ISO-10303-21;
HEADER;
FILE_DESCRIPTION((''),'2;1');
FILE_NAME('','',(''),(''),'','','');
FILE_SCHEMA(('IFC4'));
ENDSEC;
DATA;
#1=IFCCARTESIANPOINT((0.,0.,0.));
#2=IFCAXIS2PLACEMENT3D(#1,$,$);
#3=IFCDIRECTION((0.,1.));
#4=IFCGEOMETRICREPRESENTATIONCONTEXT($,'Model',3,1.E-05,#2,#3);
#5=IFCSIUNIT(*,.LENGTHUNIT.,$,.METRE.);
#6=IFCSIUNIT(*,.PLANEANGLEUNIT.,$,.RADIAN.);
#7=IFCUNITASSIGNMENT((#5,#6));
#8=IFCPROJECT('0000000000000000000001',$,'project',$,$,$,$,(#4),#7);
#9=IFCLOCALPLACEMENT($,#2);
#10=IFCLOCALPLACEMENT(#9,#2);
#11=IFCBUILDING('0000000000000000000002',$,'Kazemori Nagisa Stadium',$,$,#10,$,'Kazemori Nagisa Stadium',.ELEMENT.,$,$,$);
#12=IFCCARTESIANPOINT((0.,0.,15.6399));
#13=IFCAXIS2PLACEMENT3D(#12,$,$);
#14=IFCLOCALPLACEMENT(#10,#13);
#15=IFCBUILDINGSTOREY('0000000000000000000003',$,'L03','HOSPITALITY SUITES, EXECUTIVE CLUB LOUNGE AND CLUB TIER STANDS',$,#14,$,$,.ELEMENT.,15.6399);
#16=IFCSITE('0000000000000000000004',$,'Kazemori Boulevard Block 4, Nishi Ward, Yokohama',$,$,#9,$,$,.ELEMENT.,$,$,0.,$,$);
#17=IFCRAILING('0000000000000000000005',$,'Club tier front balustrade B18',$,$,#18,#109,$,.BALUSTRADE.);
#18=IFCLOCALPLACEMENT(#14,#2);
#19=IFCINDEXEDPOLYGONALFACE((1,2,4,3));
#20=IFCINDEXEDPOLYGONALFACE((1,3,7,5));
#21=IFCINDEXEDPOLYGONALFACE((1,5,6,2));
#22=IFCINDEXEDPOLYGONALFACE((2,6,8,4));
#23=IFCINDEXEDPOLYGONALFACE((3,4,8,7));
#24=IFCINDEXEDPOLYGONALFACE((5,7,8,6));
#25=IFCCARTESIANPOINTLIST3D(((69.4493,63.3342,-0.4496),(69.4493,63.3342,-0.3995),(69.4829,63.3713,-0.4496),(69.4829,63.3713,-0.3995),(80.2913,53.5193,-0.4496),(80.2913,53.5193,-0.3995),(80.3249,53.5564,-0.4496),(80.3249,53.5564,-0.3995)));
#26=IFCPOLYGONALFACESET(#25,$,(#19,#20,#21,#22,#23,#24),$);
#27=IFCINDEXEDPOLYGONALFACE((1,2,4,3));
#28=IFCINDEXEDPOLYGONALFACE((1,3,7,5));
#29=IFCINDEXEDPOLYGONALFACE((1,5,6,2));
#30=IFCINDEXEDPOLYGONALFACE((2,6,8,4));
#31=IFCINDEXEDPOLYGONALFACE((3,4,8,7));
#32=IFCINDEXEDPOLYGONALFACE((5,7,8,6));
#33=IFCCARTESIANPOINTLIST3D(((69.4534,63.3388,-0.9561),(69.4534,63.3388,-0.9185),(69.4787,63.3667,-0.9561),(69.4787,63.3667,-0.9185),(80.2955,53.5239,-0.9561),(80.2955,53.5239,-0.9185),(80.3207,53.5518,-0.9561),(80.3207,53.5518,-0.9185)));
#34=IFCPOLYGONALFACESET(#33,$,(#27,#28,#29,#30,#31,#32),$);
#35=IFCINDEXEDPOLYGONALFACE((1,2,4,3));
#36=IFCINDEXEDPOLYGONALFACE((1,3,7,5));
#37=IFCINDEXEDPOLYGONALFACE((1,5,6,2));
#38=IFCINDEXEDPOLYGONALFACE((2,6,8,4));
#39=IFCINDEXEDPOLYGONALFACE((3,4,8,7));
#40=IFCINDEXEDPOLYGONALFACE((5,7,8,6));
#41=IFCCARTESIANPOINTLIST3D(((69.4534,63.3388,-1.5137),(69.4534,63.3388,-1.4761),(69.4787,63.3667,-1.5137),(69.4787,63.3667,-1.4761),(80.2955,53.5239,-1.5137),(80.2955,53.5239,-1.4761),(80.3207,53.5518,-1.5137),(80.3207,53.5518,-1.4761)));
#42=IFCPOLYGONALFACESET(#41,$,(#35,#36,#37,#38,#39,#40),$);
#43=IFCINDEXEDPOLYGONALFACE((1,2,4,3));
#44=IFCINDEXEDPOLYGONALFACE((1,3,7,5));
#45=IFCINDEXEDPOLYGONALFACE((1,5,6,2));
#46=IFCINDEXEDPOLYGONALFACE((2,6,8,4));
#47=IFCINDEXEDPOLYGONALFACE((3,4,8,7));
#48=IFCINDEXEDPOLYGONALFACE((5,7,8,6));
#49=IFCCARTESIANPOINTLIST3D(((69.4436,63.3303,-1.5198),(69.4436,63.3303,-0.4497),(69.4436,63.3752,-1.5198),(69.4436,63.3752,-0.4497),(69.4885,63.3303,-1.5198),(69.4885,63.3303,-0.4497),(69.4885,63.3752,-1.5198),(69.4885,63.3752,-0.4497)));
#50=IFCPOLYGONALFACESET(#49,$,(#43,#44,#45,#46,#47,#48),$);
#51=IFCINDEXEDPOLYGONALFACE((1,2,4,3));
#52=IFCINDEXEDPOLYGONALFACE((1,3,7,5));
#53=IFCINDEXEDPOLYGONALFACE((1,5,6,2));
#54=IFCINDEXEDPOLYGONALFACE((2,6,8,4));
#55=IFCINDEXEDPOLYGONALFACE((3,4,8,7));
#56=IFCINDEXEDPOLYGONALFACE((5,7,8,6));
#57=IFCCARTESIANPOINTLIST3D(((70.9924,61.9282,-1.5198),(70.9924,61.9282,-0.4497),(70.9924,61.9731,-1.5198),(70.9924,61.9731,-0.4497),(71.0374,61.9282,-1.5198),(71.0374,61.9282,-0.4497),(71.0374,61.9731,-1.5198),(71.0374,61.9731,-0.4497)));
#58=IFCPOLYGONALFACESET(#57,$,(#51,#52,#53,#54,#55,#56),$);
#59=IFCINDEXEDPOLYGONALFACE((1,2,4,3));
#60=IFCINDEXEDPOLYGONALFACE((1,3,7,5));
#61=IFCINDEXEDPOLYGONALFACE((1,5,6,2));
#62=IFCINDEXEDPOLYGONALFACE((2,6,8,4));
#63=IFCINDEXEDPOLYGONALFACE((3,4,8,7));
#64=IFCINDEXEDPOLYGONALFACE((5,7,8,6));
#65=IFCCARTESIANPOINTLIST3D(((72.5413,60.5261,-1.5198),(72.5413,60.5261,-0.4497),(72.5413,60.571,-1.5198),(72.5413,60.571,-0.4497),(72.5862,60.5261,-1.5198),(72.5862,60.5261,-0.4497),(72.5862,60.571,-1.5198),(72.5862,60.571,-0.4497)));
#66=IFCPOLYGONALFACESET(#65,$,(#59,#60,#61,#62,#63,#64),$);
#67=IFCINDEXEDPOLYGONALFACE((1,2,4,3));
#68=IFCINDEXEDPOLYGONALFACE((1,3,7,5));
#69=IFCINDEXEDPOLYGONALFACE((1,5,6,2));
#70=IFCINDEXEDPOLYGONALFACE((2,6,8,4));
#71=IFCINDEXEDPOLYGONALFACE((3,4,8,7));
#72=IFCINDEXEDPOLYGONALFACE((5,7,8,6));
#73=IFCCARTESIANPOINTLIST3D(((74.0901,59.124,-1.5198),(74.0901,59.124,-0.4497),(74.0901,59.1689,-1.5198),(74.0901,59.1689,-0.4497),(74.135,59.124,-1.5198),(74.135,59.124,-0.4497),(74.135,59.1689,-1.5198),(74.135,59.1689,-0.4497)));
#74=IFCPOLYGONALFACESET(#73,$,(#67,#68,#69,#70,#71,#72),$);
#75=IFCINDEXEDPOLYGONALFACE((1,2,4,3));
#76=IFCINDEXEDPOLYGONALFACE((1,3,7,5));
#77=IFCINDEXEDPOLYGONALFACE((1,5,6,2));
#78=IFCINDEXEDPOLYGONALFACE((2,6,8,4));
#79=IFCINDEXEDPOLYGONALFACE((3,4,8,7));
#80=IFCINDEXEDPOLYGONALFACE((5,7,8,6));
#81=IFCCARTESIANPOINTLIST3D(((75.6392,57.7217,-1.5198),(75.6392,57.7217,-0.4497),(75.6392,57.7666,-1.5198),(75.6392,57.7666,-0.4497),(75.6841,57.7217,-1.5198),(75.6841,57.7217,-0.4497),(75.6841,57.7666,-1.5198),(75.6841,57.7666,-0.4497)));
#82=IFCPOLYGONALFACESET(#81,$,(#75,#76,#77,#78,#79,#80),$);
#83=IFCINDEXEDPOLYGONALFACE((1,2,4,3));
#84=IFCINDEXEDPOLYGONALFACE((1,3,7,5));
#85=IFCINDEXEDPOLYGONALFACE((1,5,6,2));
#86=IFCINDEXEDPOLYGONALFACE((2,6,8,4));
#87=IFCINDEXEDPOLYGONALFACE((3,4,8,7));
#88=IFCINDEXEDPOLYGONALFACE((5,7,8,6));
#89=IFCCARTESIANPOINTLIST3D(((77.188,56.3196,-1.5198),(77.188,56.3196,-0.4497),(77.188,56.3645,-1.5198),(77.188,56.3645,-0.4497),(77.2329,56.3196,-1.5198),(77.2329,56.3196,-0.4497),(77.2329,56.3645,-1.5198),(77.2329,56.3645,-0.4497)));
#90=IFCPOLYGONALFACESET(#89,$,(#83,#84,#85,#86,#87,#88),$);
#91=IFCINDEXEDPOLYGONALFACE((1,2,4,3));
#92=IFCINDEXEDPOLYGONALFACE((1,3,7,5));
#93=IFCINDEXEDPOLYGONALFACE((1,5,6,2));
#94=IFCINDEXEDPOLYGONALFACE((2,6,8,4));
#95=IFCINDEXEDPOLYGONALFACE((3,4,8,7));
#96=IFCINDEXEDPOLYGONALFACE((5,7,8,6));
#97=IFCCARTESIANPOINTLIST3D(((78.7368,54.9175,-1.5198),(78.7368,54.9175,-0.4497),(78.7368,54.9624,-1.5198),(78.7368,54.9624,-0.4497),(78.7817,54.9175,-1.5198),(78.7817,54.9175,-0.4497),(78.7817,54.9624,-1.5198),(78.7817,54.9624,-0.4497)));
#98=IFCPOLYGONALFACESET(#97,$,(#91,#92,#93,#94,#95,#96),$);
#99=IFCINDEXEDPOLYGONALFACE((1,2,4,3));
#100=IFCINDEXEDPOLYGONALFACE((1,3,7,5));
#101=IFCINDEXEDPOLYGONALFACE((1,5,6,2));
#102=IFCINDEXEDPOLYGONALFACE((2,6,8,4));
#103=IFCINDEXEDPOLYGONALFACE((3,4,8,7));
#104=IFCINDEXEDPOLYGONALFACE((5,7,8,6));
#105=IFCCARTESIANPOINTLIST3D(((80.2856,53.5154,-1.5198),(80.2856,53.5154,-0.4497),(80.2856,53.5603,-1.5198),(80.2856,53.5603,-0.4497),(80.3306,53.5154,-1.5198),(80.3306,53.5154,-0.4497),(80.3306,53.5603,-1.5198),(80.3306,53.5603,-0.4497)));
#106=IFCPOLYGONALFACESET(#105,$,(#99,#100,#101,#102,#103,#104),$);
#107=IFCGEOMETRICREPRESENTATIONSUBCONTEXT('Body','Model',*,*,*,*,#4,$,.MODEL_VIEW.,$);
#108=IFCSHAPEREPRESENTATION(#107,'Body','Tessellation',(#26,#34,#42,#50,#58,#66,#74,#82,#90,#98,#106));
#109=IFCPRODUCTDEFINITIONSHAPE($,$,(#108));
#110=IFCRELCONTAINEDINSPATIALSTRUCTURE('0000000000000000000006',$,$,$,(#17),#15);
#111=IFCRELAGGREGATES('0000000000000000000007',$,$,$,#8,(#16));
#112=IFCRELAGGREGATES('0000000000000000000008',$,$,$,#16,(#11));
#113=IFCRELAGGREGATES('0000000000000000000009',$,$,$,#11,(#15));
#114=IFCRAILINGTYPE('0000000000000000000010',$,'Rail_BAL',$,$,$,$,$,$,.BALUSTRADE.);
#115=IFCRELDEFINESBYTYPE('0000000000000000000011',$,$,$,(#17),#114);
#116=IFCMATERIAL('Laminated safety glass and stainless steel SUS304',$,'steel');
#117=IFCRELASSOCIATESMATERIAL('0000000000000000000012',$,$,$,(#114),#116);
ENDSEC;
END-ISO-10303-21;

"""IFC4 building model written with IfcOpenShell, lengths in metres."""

from ifc_helpers import new_model, si_unit, direction, frame, origin, origin_2d, place, context, subcontext, project, spatial, rectangle, extrude, material, type_object, element, save


model = new_model("IFC4")

# Units and contexts
model_context = context("Model", 3, precision=1e-05, world=origin(), true_north=direction((0.0, 1.0)))
body_context = subcontext(model_context, "Body", "Model", "MODEL_VIEW")
ifc_project = project(units=[si_unit("LENGTHUNIT", "METRE"), si_unit("PLANEANGLEUNIT", "RADIAN")], contexts=[model_context])

# Site, building, storey
site_placement = place(None, origin())
site = spatial("IfcSite", under=ifc_project, at=site_placement, Name="Kazemori Boulevard Block 4, Nishi Ward, Yokohama", CompositionType="ELEMENT", RefElevation=0.0)
building_placement = place(site_placement, origin())
building = spatial("IfcBuilding", under=site, at=building_placement, Name="Kazemori Nagisa Stadium", LongName="Kazemori Nagisa Stadium", CompositionType="ELEMENT")
storey_placement = place(building_placement, frame((0.0, 0.0, 15.6399)))
storey = spatial("IfcBuildingStorey", under=building, at=storey_placement, Name="L03", Description="HOSPITALITY SUITES, EXECUTIVE CLUB LOUNGE AND CLUB TIER STANDS", CompositionType="ELEMENT", Elevation=15.6399)

# Railing
ifc_material_1 = material(Name="Laminated safety glass and stainless steel SUS304", Category="steel")
railing_type = type_object("IfcRailingType", Name="Rail_BAL", PredefinedType="BALUSTRADE", material=ifc_material_1)
railing_placement = place(storey_placement, frame((69.4661, 63.3528, -1.5198)))
element("IfcRailing", 1, at=railing_placement, inside=storey, type_object=railing_type, Name="Club tier front balustrade B18", PredefinedType="BALUSTRADE", context=body_context, shape_type="SweptSolid", body=[
    extrude(rectangle(XDim=0.05, YDim=0.05, at=origin_2d()), frame((0.0, 0.0, 1.0952), z_axis=(0.741349, -0.671119, 0.0), x_axis=(0.671119, 0.741349, 0.0)), (0.0, 0.0, 1.0), 14.6248),
    extrude(rectangle(XDim=0.0376, YDim=0.0376, at=origin_2d()), frame((0.0, 0.0, 0.5825), z_axis=(0.741349, -0.671119, 0.0), x_axis=(0.671119, 0.741349, 0.0)), (0.0, 0.0, 1.0), 14.6248),
    extrude(rectangle(XDim=0.0376, YDim=0.0376, at=origin_2d()), frame((0.0, 0.0, 0.0249), z_axis=(0.741349, -0.671119, 0.0), x_axis=(0.671119, 0.741349, 0.0)), (0.0, 0.0, 1.0), 14.6248),
    extrude(rectangle(XDim=0.0449, YDim=0.0449, at=origin_2d()), origin(), (0.0, 0.0, 1.0), 1.0701),
    extrude(rectangle(XDim=0.0449, YDim=0.0449, at=origin_2d()), frame((1.5488, -1.4021, 0.0)), (0.0, 0.0, 1.0), 1.0701),
    extrude(rectangle(XDim=0.0449, YDim=0.0449, at=origin_2d()), frame((3.0977, -2.8042, 0.0)), (0.0, 0.0, 1.0), 1.0701),
    extrude(rectangle(XDim=0.0449, YDim=0.0449, at=origin_2d()), frame((4.6465, -4.2063, 0.0)), (0.0, 0.0, 1.0), 1.0701),
    extrude(rectangle(XDim=0.0449, YDim=0.0449, at=origin_2d()), frame((6.1956, -5.6086, 0.0)), (0.0, 0.0, 1.0), 1.0701),
    extrude(rectangle(XDim=0.0449, YDim=0.0449, at=origin_2d()), frame((7.7444, -7.0107, 0.0)), (0.0, 0.0, 1.0), 1.0701),
    extrude(rectangle(XDim=0.0449, YDim=0.0449, at=origin_2d()), frame((9.2932, -8.4128, 0.0)), (0.0, 0.0, 1.0), 1.0701),
    extrude(rectangle(XDim=0.0449, YDim=0.0449, at=origin_2d()), frame((10.842, -9.8149, 0.0)), (0.0, 0.0, 1.0), 1.0701),
])

save(model, "model.ifc")
